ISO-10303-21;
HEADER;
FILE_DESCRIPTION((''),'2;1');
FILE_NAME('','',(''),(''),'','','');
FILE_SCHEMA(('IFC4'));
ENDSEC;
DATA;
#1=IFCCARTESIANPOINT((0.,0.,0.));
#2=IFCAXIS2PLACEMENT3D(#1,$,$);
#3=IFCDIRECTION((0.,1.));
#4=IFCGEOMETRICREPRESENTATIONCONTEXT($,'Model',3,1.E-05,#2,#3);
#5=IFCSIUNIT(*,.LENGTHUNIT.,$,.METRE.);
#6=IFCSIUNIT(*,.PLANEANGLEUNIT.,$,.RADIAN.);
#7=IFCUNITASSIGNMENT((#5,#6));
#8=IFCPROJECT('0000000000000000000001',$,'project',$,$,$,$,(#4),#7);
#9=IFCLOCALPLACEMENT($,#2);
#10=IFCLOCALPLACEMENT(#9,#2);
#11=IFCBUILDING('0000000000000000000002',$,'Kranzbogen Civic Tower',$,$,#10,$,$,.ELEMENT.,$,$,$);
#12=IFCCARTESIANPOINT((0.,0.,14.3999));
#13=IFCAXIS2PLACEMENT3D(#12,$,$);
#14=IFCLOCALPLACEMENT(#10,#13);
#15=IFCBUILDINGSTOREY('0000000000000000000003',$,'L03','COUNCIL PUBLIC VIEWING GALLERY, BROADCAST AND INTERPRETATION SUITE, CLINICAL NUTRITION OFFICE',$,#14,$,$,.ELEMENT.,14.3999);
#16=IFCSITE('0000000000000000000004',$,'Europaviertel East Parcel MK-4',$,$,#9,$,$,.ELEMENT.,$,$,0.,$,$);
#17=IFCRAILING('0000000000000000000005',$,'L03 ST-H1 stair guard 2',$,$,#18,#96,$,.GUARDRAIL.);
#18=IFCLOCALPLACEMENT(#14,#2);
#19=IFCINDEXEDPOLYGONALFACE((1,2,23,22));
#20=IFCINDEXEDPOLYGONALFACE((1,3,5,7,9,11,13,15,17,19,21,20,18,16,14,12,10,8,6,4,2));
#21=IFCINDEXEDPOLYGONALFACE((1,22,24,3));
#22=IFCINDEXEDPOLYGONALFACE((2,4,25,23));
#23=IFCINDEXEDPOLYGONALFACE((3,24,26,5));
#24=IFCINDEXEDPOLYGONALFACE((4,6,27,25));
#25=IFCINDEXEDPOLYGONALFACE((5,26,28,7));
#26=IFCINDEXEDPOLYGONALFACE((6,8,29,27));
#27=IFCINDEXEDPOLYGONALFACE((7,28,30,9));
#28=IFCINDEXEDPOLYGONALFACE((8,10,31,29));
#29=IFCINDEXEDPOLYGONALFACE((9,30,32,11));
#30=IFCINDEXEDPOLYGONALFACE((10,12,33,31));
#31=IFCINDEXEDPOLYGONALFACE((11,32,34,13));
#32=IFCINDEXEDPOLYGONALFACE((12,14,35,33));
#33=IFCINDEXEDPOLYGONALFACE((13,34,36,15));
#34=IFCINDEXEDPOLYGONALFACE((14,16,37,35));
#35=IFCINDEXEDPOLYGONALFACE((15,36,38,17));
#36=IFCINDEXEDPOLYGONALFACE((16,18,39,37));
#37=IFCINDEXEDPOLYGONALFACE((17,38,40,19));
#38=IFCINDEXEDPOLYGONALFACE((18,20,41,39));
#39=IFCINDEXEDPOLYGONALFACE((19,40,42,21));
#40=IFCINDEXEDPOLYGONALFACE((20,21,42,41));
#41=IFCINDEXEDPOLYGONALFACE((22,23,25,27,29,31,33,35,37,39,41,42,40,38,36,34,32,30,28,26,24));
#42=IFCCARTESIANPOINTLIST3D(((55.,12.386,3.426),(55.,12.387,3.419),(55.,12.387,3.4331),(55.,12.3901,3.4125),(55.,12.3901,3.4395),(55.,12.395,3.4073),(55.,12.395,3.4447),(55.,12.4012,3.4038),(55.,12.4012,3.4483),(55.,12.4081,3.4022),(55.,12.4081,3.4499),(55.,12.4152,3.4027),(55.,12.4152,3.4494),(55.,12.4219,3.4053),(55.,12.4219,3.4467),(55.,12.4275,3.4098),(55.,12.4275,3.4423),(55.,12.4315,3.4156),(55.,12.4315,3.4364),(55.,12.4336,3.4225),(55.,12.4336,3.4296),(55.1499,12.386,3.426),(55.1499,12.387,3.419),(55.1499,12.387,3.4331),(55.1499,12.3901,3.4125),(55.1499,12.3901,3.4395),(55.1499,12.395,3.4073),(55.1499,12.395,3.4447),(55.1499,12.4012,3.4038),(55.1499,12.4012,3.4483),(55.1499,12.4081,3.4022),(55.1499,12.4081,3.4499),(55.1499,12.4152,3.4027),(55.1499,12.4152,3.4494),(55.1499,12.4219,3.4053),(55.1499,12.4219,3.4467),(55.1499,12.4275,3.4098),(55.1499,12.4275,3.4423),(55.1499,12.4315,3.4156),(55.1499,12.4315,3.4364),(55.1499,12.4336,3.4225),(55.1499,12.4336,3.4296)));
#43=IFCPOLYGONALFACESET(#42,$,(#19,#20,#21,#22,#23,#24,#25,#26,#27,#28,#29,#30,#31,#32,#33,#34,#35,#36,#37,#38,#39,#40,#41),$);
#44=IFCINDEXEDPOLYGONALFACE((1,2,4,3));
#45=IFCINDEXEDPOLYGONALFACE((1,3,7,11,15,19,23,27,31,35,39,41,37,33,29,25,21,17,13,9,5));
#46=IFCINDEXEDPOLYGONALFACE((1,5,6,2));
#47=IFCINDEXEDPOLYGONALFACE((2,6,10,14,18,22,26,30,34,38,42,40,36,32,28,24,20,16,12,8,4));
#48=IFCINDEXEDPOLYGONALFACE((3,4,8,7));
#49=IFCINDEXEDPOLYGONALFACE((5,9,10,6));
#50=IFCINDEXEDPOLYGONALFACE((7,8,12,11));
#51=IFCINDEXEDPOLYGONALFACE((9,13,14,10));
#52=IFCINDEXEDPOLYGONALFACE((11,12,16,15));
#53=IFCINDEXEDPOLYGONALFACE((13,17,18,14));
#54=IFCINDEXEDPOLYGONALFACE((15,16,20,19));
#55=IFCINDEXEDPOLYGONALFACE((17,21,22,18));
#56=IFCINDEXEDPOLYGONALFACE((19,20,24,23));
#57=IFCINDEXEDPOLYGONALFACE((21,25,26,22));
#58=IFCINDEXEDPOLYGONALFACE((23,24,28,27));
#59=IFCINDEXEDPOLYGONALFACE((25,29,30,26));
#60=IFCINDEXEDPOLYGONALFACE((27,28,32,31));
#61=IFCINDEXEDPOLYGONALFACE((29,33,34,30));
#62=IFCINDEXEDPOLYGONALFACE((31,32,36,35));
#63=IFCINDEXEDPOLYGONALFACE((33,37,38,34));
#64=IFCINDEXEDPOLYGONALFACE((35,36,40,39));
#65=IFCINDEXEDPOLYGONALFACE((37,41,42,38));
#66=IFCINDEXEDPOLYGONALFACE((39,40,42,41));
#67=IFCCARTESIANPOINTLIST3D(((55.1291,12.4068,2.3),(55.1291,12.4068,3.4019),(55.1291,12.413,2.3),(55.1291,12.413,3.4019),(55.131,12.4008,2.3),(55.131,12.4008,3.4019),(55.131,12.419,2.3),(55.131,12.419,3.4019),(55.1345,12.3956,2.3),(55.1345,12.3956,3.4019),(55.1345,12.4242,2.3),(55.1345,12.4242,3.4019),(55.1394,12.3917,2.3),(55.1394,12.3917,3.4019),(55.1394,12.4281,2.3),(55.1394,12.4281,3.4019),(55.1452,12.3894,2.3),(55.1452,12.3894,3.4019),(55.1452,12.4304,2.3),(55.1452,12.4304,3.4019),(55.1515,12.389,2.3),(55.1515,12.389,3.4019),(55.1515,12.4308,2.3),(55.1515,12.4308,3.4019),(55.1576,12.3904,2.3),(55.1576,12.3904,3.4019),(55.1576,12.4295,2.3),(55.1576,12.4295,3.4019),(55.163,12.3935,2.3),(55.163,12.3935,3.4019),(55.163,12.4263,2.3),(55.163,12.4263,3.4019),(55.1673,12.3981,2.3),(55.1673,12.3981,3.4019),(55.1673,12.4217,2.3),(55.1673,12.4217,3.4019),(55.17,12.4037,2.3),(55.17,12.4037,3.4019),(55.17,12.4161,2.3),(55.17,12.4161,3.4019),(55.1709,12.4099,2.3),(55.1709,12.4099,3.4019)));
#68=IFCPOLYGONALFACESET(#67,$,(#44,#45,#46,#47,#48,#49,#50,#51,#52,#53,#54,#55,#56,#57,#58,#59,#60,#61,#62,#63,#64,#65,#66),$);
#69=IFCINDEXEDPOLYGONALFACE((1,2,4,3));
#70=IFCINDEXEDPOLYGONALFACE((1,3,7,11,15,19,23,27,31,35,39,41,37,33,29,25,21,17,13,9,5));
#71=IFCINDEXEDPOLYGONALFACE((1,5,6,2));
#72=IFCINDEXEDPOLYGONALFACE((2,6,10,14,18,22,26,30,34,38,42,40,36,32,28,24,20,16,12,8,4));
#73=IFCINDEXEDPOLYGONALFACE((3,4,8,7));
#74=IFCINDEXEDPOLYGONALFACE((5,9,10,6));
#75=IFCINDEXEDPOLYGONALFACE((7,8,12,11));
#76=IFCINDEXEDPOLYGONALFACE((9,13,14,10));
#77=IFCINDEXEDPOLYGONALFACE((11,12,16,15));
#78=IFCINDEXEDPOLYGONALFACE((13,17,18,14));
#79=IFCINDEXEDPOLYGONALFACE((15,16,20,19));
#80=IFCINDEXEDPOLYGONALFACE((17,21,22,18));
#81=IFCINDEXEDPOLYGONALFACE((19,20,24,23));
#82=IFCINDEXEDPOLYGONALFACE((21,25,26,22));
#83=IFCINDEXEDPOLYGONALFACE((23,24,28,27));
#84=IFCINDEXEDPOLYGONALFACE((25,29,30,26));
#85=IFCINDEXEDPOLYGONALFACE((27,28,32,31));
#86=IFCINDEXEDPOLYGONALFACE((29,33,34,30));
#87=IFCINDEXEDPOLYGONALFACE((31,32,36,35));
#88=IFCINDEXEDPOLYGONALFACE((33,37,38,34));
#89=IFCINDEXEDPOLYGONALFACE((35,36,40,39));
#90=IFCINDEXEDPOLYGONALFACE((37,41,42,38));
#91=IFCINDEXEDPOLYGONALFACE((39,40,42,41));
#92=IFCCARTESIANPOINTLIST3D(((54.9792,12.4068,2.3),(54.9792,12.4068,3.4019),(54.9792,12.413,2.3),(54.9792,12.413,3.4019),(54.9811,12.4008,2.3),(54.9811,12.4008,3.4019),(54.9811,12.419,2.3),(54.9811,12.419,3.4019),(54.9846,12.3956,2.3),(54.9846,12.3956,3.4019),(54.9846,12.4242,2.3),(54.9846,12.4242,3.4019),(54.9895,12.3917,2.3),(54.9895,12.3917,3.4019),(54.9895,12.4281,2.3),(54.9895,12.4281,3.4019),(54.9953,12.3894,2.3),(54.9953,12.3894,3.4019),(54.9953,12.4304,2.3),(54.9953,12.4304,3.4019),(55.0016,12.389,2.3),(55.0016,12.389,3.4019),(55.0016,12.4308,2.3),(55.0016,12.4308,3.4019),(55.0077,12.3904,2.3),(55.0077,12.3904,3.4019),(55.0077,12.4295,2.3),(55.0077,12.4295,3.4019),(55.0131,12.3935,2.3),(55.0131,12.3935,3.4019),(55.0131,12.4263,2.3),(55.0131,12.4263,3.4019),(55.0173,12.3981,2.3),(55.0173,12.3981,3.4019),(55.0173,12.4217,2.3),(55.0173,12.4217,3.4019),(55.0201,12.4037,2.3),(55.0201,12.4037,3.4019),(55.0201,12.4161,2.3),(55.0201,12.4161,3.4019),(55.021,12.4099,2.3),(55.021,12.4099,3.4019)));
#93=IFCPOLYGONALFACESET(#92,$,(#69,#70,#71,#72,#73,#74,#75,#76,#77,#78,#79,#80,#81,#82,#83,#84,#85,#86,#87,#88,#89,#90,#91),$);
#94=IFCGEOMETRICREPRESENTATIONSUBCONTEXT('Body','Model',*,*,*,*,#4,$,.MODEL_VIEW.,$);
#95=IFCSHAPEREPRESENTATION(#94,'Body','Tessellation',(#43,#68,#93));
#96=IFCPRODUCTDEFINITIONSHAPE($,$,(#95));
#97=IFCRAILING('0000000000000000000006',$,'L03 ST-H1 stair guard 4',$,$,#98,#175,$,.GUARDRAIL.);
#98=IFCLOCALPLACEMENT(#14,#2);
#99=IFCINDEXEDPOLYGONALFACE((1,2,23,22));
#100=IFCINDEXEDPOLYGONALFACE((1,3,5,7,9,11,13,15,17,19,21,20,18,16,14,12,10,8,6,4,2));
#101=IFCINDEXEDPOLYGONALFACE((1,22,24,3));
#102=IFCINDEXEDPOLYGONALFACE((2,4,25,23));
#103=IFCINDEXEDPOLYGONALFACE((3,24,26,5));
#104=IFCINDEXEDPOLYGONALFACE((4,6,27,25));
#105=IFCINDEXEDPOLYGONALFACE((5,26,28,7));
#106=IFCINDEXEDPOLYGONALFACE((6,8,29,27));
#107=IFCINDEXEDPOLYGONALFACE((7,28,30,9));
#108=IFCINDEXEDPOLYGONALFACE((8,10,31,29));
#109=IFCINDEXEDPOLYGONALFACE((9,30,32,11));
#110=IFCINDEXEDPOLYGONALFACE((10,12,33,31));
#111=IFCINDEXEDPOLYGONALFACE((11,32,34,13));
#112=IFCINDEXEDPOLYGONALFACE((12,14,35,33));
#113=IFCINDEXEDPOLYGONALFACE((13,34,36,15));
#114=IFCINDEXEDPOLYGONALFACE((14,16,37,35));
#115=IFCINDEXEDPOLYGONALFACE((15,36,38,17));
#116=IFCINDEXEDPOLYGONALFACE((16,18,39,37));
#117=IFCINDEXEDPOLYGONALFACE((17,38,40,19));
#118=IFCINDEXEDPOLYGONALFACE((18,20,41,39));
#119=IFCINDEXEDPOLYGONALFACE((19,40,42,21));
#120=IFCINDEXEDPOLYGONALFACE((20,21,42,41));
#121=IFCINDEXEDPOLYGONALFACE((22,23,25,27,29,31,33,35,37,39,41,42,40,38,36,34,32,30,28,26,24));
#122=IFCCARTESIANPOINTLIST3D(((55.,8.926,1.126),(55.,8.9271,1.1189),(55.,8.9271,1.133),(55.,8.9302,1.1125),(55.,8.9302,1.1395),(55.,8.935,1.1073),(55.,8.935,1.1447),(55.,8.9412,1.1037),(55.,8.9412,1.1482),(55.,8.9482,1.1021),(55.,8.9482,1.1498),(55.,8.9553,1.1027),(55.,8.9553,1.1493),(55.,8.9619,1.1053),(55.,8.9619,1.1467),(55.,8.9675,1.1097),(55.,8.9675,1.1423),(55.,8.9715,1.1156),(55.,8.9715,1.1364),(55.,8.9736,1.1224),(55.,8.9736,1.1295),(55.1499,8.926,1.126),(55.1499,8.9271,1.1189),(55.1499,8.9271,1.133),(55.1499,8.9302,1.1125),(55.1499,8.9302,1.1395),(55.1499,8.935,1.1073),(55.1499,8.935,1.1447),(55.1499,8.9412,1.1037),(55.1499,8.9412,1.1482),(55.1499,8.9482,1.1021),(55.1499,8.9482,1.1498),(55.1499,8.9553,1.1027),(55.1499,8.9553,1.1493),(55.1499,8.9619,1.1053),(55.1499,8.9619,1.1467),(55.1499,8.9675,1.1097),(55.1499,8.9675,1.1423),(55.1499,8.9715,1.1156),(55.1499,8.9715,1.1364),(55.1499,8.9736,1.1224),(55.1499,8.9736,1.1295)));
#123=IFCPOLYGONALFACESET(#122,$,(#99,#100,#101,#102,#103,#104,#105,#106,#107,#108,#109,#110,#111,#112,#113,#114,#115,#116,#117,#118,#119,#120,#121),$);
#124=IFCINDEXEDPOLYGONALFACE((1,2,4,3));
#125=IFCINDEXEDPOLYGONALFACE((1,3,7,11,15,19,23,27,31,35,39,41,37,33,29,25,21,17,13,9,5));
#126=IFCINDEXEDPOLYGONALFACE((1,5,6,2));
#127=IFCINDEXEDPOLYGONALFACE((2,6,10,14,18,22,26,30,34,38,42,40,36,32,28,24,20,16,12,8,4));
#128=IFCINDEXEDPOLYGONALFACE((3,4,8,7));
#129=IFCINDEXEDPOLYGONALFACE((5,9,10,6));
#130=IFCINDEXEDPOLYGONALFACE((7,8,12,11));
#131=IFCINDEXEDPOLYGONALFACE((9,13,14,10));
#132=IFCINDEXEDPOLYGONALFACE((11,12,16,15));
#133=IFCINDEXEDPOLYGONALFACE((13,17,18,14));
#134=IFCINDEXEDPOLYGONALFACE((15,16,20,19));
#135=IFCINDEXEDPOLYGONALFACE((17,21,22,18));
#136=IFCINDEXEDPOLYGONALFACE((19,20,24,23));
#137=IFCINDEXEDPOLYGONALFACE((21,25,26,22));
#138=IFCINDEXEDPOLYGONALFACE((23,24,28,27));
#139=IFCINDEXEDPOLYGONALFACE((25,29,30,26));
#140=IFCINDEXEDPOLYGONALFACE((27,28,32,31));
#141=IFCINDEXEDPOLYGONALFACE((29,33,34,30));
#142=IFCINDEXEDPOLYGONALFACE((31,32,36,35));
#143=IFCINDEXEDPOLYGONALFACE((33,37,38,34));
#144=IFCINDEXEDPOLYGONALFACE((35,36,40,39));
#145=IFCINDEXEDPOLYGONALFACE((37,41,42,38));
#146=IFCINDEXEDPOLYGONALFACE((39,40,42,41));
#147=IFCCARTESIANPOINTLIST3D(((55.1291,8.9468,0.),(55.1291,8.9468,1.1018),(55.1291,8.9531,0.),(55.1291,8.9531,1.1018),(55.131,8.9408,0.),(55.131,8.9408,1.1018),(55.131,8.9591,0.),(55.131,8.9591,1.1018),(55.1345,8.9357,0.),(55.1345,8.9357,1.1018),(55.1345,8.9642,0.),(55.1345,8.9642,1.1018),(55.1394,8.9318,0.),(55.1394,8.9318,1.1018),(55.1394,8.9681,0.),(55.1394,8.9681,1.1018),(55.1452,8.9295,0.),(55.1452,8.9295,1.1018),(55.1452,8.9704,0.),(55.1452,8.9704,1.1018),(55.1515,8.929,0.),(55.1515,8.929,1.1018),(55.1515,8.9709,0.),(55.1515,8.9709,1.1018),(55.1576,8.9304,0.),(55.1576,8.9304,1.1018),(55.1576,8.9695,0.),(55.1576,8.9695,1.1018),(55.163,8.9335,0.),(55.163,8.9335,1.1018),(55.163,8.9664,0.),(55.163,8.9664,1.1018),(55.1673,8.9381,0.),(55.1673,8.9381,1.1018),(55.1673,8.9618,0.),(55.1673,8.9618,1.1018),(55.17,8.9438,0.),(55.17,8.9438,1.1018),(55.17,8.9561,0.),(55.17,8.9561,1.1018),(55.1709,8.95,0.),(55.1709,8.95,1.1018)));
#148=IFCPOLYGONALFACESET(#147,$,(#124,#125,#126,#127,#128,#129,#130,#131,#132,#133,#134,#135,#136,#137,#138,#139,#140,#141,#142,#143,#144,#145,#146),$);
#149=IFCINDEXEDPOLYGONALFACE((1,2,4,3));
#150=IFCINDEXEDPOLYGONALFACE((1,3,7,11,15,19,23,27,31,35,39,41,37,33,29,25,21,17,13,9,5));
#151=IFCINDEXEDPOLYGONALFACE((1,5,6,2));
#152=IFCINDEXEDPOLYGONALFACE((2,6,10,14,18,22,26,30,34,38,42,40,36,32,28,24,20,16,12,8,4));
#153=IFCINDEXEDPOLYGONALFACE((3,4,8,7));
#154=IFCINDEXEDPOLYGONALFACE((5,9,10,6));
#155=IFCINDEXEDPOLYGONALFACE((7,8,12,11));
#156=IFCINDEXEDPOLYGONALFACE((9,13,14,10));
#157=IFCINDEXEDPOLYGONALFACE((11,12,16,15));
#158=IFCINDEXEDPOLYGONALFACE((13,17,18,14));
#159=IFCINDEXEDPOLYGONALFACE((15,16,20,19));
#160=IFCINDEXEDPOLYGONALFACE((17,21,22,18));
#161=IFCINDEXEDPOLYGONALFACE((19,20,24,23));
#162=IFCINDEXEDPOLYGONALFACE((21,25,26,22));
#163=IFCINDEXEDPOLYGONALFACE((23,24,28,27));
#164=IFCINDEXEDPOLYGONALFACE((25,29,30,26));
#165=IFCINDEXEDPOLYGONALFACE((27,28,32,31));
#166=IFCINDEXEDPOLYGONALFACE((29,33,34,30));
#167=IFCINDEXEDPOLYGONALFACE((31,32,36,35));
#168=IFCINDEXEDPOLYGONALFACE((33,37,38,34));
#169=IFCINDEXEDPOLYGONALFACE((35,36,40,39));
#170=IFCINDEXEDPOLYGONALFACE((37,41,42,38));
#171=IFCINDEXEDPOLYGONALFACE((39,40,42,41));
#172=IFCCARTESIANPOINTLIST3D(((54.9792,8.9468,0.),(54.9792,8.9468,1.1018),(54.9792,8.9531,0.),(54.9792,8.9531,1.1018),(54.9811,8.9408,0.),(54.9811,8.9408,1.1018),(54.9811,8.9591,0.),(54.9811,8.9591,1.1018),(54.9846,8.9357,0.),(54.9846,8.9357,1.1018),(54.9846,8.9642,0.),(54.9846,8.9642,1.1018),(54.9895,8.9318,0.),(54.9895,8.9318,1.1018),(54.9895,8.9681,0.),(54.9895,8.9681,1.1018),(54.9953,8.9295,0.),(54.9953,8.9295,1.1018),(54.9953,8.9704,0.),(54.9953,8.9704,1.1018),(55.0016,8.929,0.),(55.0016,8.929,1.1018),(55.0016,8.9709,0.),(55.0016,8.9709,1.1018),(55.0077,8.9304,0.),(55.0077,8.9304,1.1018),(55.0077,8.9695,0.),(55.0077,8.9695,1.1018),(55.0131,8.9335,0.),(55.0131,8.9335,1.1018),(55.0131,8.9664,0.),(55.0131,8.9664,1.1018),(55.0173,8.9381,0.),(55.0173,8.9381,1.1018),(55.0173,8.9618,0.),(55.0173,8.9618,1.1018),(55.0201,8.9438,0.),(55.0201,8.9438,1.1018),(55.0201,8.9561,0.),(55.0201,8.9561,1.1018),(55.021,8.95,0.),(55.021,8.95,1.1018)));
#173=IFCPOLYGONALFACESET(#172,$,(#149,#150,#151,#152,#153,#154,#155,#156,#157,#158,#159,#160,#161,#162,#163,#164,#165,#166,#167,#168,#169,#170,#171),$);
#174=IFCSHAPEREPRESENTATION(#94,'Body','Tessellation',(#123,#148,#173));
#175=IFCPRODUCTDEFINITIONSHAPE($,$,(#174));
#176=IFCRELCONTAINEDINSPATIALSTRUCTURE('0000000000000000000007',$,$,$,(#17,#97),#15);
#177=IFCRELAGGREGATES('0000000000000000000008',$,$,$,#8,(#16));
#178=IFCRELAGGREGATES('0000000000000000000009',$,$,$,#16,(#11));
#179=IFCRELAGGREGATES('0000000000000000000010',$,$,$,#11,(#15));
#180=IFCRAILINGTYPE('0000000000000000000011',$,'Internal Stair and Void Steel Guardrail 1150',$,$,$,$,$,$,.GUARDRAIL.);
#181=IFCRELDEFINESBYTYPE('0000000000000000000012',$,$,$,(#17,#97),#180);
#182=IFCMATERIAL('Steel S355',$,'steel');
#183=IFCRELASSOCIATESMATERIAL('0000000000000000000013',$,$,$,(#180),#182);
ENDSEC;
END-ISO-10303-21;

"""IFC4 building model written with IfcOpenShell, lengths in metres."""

from ifc_helpers import new_model, si_unit, direction, frame, origin, origin_2d, place, context, subcontext, project, spatial, circle, extrude, material, type_object, element, save


model = new_model("IFC4")

# Units and contexts
model_context = context("Model", 3, precision=1e-05, world=origin(), true_north=direction((0.0, 1.0)))
body_context = subcontext(model_context, "Body", "Model", "MODEL_VIEW")
ifc_project = project(units=[si_unit("LENGTHUNIT", "METRE"), si_unit("PLANEANGLEUNIT", "RADIAN")], contexts=[model_context])

# Site, building, storey
site_placement = place(None, origin())
site = spatial("IfcSite", under=ifc_project, at=site_placement, Name="Europaviertel East Parcel MK-4", CompositionType="ELEMENT", RefElevation=0.0)
building_placement = place(site_placement, origin())
building = spatial("IfcBuilding", under=site, at=building_placement, Name="Kranzbogen Civic Tower", CompositionType="ELEMENT")
storey_placement = place(building_placement, frame((0.0, 0.0, 14.3999)))
storey = spatial("IfcBuildingStorey", under=building, at=storey_placement, Name="L03", Description="COUNCIL PUBLIC VIEWING GALLERY, BROADCAST AND INTERPRETATION SUITE, CLINICAL NUTRITION OFFICE", CompositionType="ELEMENT", Elevation=14.3999)

# Shared definitions
ifc_material_1 = material(Name="Steel S355", Category="steel")

# Railings
railing_type_1 = type_object("IfcRailingType", Name="Internal Stair and Void Steel Guardrail 1150", PredefinedType="GUARDRAIL", material=ifc_material_1)
for number, where, name in (
    (1, (55.1499, 12.4099, 2.3), "L03 ST-H1 stair guard 2"),
    (2, (55.1499, 8.95, 0.0), "L03 ST-H1 stair guard 4"),
):
    element("IfcRailing", number, at=place(storey_placement, frame(where)), inside=storey, type_object=railing_type_1, Name=name, PredefinedType="GUARDRAIL", context=body_context, shape_type="SweptSolid", body=[
        extrude(circle(Radius=0.0239, at=origin_2d()), frame((0.0, 0.0, 1.126), z_axis=(-1.0, 0.0, 0.0), x_axis=(0.0, -1.0, 0.0)), (0.0, 0.0, 1.0), 0.1499),
        extrude(circle(Radius=0.021, at=origin_2d()), origin(), (0.0, 0.0, 1.0), 1.1018),
        extrude(circle(Radius=0.021, at=origin_2d()), frame((-0.1499, 0.0, 0.0)), (0.0, 0.0, 1.0), 1.1018),
    ])

save(model, "model.ifc")
